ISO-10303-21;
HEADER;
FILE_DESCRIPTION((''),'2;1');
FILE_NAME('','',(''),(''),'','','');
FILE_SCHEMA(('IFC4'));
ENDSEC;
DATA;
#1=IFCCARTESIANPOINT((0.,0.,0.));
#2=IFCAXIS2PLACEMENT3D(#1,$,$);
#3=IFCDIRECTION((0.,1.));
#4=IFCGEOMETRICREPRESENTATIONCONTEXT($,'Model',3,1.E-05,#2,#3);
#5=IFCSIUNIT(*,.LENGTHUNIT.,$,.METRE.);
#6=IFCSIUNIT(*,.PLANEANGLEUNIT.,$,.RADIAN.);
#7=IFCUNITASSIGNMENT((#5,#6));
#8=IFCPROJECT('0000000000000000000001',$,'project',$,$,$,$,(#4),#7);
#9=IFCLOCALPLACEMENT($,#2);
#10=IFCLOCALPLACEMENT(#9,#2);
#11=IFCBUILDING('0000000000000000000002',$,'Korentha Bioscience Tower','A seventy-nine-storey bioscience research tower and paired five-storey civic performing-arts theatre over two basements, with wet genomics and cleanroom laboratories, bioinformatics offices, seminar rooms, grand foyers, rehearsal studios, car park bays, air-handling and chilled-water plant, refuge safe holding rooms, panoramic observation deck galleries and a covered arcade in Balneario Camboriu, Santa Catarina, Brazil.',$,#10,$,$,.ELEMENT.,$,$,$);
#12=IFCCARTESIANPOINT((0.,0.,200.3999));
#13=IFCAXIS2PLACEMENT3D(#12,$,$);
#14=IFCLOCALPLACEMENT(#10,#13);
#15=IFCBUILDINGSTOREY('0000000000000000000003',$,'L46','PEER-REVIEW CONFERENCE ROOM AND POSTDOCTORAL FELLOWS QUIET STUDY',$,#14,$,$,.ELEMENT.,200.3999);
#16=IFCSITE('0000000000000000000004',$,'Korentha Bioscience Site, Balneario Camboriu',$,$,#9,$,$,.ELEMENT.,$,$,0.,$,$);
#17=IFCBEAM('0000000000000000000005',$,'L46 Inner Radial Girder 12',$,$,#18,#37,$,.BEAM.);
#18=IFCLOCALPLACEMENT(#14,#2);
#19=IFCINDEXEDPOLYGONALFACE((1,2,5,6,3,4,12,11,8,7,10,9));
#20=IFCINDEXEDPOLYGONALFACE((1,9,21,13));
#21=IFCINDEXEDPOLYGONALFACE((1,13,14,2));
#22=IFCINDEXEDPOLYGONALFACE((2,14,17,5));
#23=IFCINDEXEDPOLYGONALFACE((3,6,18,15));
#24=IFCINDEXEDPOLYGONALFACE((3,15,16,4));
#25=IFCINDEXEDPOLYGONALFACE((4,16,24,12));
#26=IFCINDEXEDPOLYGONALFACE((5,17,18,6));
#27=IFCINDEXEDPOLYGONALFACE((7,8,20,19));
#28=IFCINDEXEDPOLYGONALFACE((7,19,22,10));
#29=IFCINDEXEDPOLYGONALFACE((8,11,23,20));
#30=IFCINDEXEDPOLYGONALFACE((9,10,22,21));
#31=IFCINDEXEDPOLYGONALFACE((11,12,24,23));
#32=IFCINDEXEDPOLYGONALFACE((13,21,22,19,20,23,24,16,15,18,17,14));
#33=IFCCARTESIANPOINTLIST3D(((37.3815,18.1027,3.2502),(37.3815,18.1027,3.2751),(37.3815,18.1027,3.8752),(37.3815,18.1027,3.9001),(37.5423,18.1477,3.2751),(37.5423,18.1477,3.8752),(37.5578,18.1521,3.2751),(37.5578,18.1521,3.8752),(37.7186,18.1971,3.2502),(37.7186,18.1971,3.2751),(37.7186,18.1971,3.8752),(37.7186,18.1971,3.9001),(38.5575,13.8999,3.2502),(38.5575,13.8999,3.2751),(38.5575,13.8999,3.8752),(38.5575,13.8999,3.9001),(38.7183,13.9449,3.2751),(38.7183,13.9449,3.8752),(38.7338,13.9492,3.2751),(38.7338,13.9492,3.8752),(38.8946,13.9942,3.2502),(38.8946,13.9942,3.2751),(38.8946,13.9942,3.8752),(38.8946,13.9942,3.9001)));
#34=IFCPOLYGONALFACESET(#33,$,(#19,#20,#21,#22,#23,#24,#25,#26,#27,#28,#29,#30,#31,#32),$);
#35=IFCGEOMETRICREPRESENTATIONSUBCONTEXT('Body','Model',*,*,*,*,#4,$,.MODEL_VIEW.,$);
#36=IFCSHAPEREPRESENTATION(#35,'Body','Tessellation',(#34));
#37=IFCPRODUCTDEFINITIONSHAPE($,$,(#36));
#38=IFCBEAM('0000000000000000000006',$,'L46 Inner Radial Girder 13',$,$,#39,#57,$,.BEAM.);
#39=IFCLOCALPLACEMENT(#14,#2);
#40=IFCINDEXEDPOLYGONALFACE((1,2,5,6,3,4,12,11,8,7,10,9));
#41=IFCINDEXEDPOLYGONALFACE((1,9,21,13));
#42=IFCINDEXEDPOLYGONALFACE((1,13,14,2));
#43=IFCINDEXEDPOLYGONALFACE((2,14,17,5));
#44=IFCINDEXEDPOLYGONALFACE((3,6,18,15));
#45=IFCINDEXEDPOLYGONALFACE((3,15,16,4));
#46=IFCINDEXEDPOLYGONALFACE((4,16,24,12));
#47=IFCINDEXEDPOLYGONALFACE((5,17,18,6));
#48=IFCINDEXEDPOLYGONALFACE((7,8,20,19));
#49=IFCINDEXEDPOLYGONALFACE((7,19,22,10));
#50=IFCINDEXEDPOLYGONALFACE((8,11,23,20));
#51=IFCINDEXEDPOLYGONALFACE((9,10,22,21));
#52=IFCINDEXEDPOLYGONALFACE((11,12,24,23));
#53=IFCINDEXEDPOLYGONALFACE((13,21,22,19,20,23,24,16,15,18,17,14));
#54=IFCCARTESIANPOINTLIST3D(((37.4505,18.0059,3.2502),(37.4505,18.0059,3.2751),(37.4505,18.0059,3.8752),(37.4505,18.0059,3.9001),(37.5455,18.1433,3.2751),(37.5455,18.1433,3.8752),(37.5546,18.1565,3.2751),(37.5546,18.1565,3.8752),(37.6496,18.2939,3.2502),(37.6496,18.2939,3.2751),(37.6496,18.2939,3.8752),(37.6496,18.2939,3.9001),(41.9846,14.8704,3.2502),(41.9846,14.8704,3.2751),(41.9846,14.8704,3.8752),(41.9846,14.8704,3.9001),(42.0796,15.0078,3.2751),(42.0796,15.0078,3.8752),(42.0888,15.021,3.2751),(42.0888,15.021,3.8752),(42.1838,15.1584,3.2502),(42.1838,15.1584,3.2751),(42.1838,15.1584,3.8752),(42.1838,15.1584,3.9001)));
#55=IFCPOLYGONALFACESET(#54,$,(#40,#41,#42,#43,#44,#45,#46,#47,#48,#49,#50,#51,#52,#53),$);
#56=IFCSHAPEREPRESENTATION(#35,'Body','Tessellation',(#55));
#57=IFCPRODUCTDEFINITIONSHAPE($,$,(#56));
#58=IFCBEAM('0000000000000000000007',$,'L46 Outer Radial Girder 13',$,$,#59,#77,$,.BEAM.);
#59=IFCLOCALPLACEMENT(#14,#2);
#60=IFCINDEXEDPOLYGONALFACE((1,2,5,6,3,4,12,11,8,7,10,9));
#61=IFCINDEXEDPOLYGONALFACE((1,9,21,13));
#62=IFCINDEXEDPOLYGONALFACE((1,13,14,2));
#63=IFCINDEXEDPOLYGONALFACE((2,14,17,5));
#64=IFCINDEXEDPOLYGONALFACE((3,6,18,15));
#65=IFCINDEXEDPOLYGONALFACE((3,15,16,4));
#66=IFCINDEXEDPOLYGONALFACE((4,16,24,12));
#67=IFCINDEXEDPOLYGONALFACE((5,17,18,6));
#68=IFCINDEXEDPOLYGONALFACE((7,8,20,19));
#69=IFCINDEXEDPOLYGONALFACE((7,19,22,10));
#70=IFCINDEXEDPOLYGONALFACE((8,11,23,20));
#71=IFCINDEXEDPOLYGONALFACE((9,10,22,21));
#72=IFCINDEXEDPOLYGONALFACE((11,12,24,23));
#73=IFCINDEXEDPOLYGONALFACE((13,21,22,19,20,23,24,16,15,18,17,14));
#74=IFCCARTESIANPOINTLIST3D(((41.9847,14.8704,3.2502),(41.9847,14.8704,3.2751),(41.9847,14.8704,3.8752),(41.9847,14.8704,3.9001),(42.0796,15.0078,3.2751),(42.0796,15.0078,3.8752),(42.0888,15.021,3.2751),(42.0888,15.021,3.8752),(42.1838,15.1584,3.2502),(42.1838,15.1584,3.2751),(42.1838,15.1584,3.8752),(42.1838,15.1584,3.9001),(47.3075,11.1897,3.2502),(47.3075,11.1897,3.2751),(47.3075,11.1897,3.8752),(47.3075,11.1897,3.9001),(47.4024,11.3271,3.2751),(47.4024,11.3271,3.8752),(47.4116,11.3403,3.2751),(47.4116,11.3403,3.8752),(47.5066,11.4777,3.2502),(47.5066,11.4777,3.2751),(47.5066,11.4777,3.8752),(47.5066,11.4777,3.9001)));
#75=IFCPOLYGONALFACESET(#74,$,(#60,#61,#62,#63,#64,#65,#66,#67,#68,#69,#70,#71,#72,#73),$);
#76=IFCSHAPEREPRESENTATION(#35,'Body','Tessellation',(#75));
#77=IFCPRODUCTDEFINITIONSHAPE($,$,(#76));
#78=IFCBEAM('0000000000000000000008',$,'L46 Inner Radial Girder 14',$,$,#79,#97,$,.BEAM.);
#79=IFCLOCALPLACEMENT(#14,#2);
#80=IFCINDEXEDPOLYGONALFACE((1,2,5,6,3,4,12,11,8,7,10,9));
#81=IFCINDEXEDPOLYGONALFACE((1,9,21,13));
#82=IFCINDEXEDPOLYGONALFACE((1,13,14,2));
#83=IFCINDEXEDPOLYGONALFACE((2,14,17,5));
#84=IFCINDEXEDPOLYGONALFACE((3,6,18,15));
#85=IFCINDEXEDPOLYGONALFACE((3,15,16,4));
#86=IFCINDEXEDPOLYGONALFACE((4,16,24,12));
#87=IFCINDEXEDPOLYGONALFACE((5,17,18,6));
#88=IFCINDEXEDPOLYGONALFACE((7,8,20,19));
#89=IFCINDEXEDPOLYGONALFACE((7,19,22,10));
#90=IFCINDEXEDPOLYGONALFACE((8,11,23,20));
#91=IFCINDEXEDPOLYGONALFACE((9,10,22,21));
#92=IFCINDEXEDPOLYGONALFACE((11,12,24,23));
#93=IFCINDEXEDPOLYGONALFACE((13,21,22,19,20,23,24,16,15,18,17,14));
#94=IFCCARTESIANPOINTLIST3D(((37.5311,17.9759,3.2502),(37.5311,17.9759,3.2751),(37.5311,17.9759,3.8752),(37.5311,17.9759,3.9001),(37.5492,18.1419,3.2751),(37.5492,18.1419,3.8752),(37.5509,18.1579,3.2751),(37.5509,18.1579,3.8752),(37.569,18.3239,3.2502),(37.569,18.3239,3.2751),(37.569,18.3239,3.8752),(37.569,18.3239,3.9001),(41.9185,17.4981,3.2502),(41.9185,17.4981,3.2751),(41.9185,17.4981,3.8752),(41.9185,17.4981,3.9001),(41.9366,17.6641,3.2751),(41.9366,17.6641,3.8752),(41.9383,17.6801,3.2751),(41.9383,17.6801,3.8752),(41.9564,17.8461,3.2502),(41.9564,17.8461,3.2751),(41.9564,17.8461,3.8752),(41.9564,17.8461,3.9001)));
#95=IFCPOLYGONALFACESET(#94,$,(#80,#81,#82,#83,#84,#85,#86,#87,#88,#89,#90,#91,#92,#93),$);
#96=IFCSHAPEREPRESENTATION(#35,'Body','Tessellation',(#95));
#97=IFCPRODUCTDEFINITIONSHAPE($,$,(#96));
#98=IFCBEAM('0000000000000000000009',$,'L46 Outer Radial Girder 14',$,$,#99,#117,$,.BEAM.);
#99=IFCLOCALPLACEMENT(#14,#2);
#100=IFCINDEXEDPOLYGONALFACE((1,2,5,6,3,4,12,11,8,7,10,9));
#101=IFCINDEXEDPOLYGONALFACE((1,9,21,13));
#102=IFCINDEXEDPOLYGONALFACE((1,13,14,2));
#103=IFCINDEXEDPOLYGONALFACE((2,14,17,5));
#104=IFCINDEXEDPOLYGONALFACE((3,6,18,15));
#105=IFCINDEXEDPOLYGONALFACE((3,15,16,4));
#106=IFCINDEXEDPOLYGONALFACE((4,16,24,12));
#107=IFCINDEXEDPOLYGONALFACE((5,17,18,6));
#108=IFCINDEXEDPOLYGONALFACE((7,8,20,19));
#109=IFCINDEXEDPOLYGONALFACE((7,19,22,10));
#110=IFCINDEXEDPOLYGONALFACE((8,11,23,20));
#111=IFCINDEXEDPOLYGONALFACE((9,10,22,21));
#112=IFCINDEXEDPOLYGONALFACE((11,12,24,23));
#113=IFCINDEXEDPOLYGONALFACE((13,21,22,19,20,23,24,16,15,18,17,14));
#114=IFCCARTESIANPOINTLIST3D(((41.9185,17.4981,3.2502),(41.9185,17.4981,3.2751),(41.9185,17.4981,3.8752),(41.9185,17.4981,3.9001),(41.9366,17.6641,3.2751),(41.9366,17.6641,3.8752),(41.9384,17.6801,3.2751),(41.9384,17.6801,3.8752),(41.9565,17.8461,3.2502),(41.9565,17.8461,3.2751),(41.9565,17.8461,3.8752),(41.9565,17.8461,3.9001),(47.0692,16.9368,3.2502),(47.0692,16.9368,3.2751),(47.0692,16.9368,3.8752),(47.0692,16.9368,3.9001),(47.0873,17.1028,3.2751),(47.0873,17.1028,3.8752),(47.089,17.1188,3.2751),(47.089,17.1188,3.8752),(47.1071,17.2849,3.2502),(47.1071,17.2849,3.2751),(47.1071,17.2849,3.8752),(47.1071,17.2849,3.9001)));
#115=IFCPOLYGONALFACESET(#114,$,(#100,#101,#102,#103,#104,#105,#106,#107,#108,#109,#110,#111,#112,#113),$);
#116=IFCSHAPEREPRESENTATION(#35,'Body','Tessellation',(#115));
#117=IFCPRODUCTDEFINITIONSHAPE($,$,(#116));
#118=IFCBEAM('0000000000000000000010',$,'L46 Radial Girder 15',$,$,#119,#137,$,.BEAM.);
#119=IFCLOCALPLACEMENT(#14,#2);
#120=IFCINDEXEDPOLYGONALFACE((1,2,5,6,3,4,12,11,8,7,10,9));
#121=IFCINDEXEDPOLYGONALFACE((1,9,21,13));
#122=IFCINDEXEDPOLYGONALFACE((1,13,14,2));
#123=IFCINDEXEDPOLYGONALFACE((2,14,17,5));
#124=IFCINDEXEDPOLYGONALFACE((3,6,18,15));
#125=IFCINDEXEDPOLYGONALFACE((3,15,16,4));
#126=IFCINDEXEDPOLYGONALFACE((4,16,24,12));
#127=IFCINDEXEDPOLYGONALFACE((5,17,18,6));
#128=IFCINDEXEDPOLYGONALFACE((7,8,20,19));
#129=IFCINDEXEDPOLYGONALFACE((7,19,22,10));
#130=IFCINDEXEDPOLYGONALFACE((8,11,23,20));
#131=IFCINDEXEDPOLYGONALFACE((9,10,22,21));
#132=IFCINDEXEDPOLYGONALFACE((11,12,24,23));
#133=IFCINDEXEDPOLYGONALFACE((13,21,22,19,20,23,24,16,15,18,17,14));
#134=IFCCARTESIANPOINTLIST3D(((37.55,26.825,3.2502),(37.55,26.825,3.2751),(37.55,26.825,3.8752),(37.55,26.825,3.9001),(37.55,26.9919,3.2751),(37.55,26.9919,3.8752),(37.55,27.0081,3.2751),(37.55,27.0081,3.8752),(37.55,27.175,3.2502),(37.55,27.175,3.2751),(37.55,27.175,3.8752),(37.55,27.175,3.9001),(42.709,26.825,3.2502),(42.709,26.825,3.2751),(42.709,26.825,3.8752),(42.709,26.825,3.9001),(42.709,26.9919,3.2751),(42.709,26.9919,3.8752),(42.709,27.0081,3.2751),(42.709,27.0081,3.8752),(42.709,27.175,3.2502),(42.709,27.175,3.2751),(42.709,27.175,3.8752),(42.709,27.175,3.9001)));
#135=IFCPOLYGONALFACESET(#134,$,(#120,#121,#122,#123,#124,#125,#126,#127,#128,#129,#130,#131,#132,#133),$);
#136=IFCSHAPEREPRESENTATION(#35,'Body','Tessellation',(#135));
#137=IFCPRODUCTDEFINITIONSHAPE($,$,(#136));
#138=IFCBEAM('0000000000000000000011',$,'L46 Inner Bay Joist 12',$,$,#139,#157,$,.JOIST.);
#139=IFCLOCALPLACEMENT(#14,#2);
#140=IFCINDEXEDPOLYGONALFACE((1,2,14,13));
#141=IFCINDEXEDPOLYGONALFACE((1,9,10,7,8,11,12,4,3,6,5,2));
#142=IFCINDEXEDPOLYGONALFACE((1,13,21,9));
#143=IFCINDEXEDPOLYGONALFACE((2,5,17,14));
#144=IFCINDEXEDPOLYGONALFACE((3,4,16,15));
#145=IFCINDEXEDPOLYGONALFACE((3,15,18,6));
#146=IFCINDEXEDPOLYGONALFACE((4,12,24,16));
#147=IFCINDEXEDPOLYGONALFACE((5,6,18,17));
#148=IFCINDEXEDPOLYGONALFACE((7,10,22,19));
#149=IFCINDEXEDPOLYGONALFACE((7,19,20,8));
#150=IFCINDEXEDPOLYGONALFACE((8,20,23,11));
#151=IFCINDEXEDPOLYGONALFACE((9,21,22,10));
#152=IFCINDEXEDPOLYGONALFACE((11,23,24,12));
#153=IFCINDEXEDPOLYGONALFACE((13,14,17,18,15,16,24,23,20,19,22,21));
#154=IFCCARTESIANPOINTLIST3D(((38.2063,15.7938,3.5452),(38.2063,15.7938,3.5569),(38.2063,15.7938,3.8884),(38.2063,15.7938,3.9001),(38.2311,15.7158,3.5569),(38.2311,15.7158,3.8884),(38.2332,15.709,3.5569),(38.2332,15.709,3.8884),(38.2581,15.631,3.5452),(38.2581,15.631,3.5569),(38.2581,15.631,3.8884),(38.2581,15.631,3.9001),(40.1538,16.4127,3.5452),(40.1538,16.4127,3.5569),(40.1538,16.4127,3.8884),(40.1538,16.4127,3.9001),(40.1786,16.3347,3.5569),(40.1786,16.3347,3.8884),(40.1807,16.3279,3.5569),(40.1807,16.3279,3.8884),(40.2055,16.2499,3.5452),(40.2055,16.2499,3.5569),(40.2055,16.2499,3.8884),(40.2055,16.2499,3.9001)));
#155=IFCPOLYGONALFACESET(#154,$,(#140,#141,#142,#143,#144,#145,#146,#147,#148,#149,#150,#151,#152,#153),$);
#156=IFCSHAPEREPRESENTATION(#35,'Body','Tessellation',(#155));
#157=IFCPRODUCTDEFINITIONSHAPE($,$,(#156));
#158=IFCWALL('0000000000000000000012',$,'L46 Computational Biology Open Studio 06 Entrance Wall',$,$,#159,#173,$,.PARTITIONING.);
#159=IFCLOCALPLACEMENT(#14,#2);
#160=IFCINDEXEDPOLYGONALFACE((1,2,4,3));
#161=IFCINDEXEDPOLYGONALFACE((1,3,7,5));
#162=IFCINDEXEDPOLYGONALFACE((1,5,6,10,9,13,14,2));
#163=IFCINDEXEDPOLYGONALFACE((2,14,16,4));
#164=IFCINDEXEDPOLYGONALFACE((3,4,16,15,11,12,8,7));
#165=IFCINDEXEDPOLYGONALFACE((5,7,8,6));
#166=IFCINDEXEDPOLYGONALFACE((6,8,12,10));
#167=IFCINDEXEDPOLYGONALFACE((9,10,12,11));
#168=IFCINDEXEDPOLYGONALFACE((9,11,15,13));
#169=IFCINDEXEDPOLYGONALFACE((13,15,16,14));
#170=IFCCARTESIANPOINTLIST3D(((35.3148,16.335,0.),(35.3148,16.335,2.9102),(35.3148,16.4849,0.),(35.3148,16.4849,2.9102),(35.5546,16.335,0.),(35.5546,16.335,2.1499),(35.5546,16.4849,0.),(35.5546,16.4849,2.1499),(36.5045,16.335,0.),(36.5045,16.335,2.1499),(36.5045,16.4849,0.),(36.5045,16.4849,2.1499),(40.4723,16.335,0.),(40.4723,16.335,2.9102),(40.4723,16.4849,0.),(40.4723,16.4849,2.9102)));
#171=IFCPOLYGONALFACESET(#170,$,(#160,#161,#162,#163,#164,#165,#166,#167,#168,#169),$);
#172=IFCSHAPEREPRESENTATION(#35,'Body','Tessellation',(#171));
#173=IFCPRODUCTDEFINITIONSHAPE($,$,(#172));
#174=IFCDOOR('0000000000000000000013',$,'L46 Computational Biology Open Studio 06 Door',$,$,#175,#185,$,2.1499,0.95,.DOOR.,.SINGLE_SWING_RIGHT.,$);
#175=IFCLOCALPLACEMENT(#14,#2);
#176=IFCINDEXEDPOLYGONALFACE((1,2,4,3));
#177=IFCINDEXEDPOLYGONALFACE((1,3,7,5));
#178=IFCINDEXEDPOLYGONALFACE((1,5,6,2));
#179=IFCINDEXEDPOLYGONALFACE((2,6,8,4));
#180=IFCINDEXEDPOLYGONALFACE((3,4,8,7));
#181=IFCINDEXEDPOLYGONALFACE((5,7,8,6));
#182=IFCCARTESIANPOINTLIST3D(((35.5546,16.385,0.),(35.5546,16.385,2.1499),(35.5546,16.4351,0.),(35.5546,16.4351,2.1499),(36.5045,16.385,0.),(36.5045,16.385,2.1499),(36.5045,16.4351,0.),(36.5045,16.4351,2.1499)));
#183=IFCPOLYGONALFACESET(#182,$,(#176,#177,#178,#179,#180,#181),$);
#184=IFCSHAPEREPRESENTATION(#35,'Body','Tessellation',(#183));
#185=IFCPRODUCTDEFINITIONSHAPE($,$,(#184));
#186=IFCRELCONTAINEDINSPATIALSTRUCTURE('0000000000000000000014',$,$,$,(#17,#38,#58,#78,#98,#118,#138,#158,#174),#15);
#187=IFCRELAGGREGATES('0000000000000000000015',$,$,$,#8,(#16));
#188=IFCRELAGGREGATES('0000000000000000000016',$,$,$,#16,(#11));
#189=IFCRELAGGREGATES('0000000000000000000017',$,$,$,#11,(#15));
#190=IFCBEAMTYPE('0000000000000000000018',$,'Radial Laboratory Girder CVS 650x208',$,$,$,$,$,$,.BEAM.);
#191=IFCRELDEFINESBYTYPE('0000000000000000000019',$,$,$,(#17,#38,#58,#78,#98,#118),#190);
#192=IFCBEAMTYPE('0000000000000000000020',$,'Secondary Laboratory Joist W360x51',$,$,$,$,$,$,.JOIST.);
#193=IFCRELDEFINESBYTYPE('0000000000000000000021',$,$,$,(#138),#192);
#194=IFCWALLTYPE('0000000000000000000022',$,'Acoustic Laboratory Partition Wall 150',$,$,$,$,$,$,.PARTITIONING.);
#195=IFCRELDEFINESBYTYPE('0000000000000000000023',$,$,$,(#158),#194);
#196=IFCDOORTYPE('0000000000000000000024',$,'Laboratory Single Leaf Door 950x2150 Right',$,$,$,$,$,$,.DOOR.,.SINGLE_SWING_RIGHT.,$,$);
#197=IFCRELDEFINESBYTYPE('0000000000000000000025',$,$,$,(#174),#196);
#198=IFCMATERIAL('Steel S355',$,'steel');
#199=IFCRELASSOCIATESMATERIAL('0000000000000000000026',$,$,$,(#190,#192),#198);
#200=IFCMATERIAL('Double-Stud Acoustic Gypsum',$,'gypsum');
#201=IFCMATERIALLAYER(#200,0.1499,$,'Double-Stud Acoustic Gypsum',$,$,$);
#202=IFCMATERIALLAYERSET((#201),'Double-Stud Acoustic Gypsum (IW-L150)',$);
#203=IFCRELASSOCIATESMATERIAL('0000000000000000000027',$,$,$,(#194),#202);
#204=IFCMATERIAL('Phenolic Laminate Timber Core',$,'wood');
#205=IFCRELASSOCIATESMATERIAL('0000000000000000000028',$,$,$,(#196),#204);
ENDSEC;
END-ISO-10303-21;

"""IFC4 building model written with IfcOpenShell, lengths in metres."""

from ifc_helpers import new_model, si_unit, direction, frame, frame_2d, origin, origin_2d, place, context, subcontext, project, spatial, rectangle, i_section, extrude, material, layer, layer_set, material_profile, profile_set, type_object, element, fill, save


model = new_model("IFC4")

# Units and contexts
model_context = context("Model", 3, precision=1e-05, world=origin(), true_north=direction((0.0, 1.0)))
body_context = subcontext(model_context, "Body", "Model", "MODEL_VIEW")
ifc_project = project(units=[si_unit("LENGTHUNIT", "METRE"), si_unit("PLANEANGLEUNIT", "RADIAN")], contexts=[model_context])

# Site, building, storey
site_placement = place(None, origin())
site = spatial("IfcSite", under=ifc_project, at=site_placement, Name="Korentha Bioscience Site, Balneario Camboriu", CompositionType="ELEMENT", RefElevation=0.0)
building_placement = place(site_placement, origin())
building = spatial("IfcBuilding", under=site, at=building_placement, Name="Korentha Bioscience Tower", Description="A seventy-nine-storey bioscience research tower and paired five-storey civic performing-arts theatre over two basements, with wet genomics and cleanroom laboratories, bioinformatics offices, seminar rooms, grand foyers, rehearsal studios, car park bays, air-handling and chilled-water plant, refuge safe holding rooms, panoramic observation deck galleries and a covered arcade in Balneario Camboriu, Santa Catarina, Brazil.", CompositionType="ELEMENT")
storey_placement = place(building_placement, frame((0.0, 0.0, 200.3999)))
storey = spatial("IfcBuildingStorey", under=building, at=storey_placement, Name="L46", Description="PEER-REVIEW CONFERENCE ROOM AND POSTDOCTORAL FELLOWS QUIET STUDY", CompositionType="ELEMENT", Elevation=200.3999)

# Beams
ifc_material_1 = material(Name="Steel S355", Category="steel")
ifc_material_profile_1 = material_profile(ifc_material_1, i_section(OverallWidth=0.3501, OverallDepth=0.6499, WebThickness=0.0161, FlangeThickness=0.0249, at=origin_2d()), Name="Steel S355")
ifc_profile_set_1 = profile_set([ifc_material_profile_1], Name="Steel S355 (RB-650)")
beam_type_1 = type_object("IfcBeamType", Name="Radial Laboratory Girder CVS 650x208", PredefinedType="BEAM", material=ifc_profile_set_1)
beam_1_placement = place(storey_placement, frame((37.55, 18.1499, 3.5752), z_axis=(0.269464, -0.96301, 0.0), x_axis=(0.96301, 0.269464, 0.0)))
element("IfcBeam", 1, at=beam_1_placement, inside=storey, type_object=beam_type_1, Name="L46 Inner Radial Girder 12", PredefinedType="BEAM", context=body_context, shape_type="SweptSolid", body=[
    extrude(i_section(OverallWidth=0.3501, OverallDepth=0.6499, WebThickness=0.0161, FlangeThickness=0.0249, at=origin_2d()), origin(), (0.0, 0.0, 1.0), 4.3643),
])
beam_2_placement = place(storey_placement, frame((37.55, 18.1499, 3.5752), z_axis=(0.822493, -0.568775, 0.0), x_axis=(0.568775, 0.822493, 0.0)))
element("IfcBeam", 2, at=beam_2_placement, inside=storey, type_object=beam_type_1, Name="L46 Inner Radial Girder 13", PredefinedType="BEAM", context=body_context, shape_type="SweptSolid", body=[
    extrude(i_section(OverallWidth=0.3501, OverallDepth=0.6499, WebThickness=0.0161, FlangeThickness=0.0249, at=origin_2d()), origin(), (0.0, 0.0, 1.0), 5.5127),
])
beam_3_placement = place(storey_placement, frame((42.0842, 15.0144, 3.5752), z_axis=(0.822504, -0.568759, 0.0), x_axis=(0.568759, 0.822504, 0.0)))
element("IfcBeam", 3, at=beam_3_placement, inside=storey, type_object=beam_type_1, Name="L46 Outer Radial Girder 13", PredefinedType="BEAM", context=body_context, shape_type="SweptSolid", body=[
    extrude(i_section(OverallWidth=0.3501, OverallDepth=0.6499, WebThickness=0.0161, FlangeThickness=0.0249, at=origin_2d()), origin(), (0.0, 0.0, 1.0), 6.4714),
])
beam_4_placement = place(storey_placement, frame((37.55, 18.1499, 3.5752), z_axis=(0.994123, -0.108258, 0.0), x_axis=(0.108258, 0.994123, 0.0)))
element("IfcBeam", 4, at=beam_4_placement, inside=storey, type_object=beam_type_1, Name="L46 Inner Radial Girder 14", PredefinedType="BEAM", context=body_context, shape_type="SweptSolid", body=[
    extrude(i_section(OverallWidth=0.3501, OverallDepth=0.6499, WebThickness=0.0161, FlangeThickness=0.0249, at=origin_2d()), origin(), (0.0, 0.0, 1.0), 4.4133),
])
beam_5_placement = place(storey_placement, frame((41.9375, 17.6721, 3.5752), z_axis=(0.994115, -0.108332, 0.0), x_axis=(0.108332, 0.994115, 0.0)))
element("IfcBeam", 5, at=beam_5_placement, inside=storey, type_object=beam_type_1, Name="L46 Outer Radial Girder 14", PredefinedType="BEAM", context=body_context, shape_type="SweptSolid", body=[
    extrude(i_section(OverallWidth=0.3501, OverallDepth=0.6499, WebThickness=0.0161, FlangeThickness=0.0249, at=origin_2d()), origin(), (0.0, 0.0, 1.0), 5.1812),
])
beam_6_placement = place(storey_placement, frame((37.55, 27.0, 3.5752), z_axis=(1.0, 0.0, 0.0), x_axis=(0.0, 1.0, 0.0)))
element("IfcBeam", 6, at=beam_6_placement, inside=storey, type_object=beam_type_1, Name="L46 Radial Girder 15", PredefinedType="BEAM", context=body_context, shape_type="SweptSolid", body=[
    extrude(i_section(OverallWidth=0.3501, OverallDepth=0.6499, WebThickness=0.0161, FlangeThickness=0.0249, at=origin_2d()), origin(), (0.0, 0.0, 1.0), 5.1589),
])
ifc_material_profile_2 = material_profile(ifc_material_1, i_section(OverallWidth=0.1709, OverallDepth=0.355, WebThickness=0.0071, FlangeThickness=0.0117, at=origin_2d()), Name="Steel S355")
ifc_profile_set_2 = profile_set([ifc_material_profile_2], Name="Steel S355 (JB-360)")
beam_type_2 = type_object("IfcBeamType", Name="Secondary Laboratory Joist W360x51", PredefinedType="JOIST", material=ifc_profile_set_2)
beam_7_placement = place(storey_placement, frame((38.2322, 15.7124, 3.7227), z_axis=(0.953034, 0.302863, 0.0), x_axis=(-0.302863, 0.953034, 0.0)))
element("IfcBeam", 7, at=beam_7_placement, inside=storey, type_object=beam_type_2, Name="L46 Inner Bay Joist 12", PredefinedType="JOIST", context=body_context, shape_type="SweptSolid", body=[
    extrude(i_section(OverallWidth=0.1709, OverallDepth=0.355, WebThickness=0.0071, FlangeThickness=0.0117, at=origin_2d()), origin(), (0.0, 0.0, 1.0), 2.0435),
])

# Wall, opening, door
ifc_material_2 = material(Name="Double-Stud Acoustic Gypsum", Category="gypsum")
ifc_layer_1 = layer(ifc_material_2, 0.1499, Name="Double-Stud Acoustic Gypsum")
ifc_layer_set_1 = layer_set([ifc_layer_1], Name="Double-Stud Acoustic Gypsum (IW-L150)")
wall_type_1 = type_object("IfcWallType", Name="Acoustic Laboratory Partition Wall 150", PredefinedType="PARTITIONING", material=ifc_layer_set_1)
wall_1_placement = place(storey_placement, frame((40.4722, 16.4099, 0.0), z_axis=(0.0, 0.0, 1.0), x_axis=(-1.0, 0.0, 0.0)))
wall_1 = element("IfcWall", 8, at=wall_1_placement, inside=storey, type_object=wall_type_1, Name="L46 Computational Biology Open Studio 06 Entrance Wall", PredefinedType="PARTITIONING", context=body_context, shape_type="SweptSolid", body=[
    extrude(rectangle(XDim=5.1575, YDim=0.1499, at=frame_2d((2.5786, 0.0))), origin(), (0.0, 0.0, 1.0), 2.9102),
])
opening_placement = place(wall_1_placement, frame((3.9675, 0.0, 0.0)))
opening = element("IfcOpeningElement", 9, at=opening_placement, cuts=wall_1, PredefinedType="OPENING", context=body_context, shape_type="SweptSolid", body=[
    extrude(rectangle(XDim=0.95, YDim=2.1499, at=frame_2d((0.4751, 1.075))), frame((0.0, 0.0898, 0.0), z_axis=(0.0, -1.0, 0.0), x_axis=(1.0, 0.0, 0.0)), (0.0, 0.0, 1.0), 0.1797),
])
ifc_material_3 = material(Name="Phenolic Laminate Timber Core", Category="wood")
door_type = type_object("IfcDoorType", Name="Laboratory Single Leaf Door 950x2150 Right", OperationType="SINGLE_SWING_RIGHT", PredefinedType="DOOR", material=ifc_material_3)
door_placement = place(opening_placement, origin())
door = element("IfcDoor", 10, at=door_placement, inside=storey, type_object=door_type, Name="L46 Computational Biology Open Studio 06 Door", OperationType="SINGLE_SWING_RIGHT", OverallHeight=2.1499, OverallWidth=0.95, PredefinedType="DOOR", context=body_context, shape_type="SweptSolid", body=[
    extrude(rectangle(XDim=0.95, YDim=2.1499, at=frame_2d((0.4751, 1.075))), frame((0.0, 0.0249, 0.0), z_axis=(0.0, -1.0, 0.0), x_axis=(1.0, 0.0, 0.0)), (0.0, 0.0, 1.0), 0.05),
])
fill(opening, door)

save(model, "model.ifc")
